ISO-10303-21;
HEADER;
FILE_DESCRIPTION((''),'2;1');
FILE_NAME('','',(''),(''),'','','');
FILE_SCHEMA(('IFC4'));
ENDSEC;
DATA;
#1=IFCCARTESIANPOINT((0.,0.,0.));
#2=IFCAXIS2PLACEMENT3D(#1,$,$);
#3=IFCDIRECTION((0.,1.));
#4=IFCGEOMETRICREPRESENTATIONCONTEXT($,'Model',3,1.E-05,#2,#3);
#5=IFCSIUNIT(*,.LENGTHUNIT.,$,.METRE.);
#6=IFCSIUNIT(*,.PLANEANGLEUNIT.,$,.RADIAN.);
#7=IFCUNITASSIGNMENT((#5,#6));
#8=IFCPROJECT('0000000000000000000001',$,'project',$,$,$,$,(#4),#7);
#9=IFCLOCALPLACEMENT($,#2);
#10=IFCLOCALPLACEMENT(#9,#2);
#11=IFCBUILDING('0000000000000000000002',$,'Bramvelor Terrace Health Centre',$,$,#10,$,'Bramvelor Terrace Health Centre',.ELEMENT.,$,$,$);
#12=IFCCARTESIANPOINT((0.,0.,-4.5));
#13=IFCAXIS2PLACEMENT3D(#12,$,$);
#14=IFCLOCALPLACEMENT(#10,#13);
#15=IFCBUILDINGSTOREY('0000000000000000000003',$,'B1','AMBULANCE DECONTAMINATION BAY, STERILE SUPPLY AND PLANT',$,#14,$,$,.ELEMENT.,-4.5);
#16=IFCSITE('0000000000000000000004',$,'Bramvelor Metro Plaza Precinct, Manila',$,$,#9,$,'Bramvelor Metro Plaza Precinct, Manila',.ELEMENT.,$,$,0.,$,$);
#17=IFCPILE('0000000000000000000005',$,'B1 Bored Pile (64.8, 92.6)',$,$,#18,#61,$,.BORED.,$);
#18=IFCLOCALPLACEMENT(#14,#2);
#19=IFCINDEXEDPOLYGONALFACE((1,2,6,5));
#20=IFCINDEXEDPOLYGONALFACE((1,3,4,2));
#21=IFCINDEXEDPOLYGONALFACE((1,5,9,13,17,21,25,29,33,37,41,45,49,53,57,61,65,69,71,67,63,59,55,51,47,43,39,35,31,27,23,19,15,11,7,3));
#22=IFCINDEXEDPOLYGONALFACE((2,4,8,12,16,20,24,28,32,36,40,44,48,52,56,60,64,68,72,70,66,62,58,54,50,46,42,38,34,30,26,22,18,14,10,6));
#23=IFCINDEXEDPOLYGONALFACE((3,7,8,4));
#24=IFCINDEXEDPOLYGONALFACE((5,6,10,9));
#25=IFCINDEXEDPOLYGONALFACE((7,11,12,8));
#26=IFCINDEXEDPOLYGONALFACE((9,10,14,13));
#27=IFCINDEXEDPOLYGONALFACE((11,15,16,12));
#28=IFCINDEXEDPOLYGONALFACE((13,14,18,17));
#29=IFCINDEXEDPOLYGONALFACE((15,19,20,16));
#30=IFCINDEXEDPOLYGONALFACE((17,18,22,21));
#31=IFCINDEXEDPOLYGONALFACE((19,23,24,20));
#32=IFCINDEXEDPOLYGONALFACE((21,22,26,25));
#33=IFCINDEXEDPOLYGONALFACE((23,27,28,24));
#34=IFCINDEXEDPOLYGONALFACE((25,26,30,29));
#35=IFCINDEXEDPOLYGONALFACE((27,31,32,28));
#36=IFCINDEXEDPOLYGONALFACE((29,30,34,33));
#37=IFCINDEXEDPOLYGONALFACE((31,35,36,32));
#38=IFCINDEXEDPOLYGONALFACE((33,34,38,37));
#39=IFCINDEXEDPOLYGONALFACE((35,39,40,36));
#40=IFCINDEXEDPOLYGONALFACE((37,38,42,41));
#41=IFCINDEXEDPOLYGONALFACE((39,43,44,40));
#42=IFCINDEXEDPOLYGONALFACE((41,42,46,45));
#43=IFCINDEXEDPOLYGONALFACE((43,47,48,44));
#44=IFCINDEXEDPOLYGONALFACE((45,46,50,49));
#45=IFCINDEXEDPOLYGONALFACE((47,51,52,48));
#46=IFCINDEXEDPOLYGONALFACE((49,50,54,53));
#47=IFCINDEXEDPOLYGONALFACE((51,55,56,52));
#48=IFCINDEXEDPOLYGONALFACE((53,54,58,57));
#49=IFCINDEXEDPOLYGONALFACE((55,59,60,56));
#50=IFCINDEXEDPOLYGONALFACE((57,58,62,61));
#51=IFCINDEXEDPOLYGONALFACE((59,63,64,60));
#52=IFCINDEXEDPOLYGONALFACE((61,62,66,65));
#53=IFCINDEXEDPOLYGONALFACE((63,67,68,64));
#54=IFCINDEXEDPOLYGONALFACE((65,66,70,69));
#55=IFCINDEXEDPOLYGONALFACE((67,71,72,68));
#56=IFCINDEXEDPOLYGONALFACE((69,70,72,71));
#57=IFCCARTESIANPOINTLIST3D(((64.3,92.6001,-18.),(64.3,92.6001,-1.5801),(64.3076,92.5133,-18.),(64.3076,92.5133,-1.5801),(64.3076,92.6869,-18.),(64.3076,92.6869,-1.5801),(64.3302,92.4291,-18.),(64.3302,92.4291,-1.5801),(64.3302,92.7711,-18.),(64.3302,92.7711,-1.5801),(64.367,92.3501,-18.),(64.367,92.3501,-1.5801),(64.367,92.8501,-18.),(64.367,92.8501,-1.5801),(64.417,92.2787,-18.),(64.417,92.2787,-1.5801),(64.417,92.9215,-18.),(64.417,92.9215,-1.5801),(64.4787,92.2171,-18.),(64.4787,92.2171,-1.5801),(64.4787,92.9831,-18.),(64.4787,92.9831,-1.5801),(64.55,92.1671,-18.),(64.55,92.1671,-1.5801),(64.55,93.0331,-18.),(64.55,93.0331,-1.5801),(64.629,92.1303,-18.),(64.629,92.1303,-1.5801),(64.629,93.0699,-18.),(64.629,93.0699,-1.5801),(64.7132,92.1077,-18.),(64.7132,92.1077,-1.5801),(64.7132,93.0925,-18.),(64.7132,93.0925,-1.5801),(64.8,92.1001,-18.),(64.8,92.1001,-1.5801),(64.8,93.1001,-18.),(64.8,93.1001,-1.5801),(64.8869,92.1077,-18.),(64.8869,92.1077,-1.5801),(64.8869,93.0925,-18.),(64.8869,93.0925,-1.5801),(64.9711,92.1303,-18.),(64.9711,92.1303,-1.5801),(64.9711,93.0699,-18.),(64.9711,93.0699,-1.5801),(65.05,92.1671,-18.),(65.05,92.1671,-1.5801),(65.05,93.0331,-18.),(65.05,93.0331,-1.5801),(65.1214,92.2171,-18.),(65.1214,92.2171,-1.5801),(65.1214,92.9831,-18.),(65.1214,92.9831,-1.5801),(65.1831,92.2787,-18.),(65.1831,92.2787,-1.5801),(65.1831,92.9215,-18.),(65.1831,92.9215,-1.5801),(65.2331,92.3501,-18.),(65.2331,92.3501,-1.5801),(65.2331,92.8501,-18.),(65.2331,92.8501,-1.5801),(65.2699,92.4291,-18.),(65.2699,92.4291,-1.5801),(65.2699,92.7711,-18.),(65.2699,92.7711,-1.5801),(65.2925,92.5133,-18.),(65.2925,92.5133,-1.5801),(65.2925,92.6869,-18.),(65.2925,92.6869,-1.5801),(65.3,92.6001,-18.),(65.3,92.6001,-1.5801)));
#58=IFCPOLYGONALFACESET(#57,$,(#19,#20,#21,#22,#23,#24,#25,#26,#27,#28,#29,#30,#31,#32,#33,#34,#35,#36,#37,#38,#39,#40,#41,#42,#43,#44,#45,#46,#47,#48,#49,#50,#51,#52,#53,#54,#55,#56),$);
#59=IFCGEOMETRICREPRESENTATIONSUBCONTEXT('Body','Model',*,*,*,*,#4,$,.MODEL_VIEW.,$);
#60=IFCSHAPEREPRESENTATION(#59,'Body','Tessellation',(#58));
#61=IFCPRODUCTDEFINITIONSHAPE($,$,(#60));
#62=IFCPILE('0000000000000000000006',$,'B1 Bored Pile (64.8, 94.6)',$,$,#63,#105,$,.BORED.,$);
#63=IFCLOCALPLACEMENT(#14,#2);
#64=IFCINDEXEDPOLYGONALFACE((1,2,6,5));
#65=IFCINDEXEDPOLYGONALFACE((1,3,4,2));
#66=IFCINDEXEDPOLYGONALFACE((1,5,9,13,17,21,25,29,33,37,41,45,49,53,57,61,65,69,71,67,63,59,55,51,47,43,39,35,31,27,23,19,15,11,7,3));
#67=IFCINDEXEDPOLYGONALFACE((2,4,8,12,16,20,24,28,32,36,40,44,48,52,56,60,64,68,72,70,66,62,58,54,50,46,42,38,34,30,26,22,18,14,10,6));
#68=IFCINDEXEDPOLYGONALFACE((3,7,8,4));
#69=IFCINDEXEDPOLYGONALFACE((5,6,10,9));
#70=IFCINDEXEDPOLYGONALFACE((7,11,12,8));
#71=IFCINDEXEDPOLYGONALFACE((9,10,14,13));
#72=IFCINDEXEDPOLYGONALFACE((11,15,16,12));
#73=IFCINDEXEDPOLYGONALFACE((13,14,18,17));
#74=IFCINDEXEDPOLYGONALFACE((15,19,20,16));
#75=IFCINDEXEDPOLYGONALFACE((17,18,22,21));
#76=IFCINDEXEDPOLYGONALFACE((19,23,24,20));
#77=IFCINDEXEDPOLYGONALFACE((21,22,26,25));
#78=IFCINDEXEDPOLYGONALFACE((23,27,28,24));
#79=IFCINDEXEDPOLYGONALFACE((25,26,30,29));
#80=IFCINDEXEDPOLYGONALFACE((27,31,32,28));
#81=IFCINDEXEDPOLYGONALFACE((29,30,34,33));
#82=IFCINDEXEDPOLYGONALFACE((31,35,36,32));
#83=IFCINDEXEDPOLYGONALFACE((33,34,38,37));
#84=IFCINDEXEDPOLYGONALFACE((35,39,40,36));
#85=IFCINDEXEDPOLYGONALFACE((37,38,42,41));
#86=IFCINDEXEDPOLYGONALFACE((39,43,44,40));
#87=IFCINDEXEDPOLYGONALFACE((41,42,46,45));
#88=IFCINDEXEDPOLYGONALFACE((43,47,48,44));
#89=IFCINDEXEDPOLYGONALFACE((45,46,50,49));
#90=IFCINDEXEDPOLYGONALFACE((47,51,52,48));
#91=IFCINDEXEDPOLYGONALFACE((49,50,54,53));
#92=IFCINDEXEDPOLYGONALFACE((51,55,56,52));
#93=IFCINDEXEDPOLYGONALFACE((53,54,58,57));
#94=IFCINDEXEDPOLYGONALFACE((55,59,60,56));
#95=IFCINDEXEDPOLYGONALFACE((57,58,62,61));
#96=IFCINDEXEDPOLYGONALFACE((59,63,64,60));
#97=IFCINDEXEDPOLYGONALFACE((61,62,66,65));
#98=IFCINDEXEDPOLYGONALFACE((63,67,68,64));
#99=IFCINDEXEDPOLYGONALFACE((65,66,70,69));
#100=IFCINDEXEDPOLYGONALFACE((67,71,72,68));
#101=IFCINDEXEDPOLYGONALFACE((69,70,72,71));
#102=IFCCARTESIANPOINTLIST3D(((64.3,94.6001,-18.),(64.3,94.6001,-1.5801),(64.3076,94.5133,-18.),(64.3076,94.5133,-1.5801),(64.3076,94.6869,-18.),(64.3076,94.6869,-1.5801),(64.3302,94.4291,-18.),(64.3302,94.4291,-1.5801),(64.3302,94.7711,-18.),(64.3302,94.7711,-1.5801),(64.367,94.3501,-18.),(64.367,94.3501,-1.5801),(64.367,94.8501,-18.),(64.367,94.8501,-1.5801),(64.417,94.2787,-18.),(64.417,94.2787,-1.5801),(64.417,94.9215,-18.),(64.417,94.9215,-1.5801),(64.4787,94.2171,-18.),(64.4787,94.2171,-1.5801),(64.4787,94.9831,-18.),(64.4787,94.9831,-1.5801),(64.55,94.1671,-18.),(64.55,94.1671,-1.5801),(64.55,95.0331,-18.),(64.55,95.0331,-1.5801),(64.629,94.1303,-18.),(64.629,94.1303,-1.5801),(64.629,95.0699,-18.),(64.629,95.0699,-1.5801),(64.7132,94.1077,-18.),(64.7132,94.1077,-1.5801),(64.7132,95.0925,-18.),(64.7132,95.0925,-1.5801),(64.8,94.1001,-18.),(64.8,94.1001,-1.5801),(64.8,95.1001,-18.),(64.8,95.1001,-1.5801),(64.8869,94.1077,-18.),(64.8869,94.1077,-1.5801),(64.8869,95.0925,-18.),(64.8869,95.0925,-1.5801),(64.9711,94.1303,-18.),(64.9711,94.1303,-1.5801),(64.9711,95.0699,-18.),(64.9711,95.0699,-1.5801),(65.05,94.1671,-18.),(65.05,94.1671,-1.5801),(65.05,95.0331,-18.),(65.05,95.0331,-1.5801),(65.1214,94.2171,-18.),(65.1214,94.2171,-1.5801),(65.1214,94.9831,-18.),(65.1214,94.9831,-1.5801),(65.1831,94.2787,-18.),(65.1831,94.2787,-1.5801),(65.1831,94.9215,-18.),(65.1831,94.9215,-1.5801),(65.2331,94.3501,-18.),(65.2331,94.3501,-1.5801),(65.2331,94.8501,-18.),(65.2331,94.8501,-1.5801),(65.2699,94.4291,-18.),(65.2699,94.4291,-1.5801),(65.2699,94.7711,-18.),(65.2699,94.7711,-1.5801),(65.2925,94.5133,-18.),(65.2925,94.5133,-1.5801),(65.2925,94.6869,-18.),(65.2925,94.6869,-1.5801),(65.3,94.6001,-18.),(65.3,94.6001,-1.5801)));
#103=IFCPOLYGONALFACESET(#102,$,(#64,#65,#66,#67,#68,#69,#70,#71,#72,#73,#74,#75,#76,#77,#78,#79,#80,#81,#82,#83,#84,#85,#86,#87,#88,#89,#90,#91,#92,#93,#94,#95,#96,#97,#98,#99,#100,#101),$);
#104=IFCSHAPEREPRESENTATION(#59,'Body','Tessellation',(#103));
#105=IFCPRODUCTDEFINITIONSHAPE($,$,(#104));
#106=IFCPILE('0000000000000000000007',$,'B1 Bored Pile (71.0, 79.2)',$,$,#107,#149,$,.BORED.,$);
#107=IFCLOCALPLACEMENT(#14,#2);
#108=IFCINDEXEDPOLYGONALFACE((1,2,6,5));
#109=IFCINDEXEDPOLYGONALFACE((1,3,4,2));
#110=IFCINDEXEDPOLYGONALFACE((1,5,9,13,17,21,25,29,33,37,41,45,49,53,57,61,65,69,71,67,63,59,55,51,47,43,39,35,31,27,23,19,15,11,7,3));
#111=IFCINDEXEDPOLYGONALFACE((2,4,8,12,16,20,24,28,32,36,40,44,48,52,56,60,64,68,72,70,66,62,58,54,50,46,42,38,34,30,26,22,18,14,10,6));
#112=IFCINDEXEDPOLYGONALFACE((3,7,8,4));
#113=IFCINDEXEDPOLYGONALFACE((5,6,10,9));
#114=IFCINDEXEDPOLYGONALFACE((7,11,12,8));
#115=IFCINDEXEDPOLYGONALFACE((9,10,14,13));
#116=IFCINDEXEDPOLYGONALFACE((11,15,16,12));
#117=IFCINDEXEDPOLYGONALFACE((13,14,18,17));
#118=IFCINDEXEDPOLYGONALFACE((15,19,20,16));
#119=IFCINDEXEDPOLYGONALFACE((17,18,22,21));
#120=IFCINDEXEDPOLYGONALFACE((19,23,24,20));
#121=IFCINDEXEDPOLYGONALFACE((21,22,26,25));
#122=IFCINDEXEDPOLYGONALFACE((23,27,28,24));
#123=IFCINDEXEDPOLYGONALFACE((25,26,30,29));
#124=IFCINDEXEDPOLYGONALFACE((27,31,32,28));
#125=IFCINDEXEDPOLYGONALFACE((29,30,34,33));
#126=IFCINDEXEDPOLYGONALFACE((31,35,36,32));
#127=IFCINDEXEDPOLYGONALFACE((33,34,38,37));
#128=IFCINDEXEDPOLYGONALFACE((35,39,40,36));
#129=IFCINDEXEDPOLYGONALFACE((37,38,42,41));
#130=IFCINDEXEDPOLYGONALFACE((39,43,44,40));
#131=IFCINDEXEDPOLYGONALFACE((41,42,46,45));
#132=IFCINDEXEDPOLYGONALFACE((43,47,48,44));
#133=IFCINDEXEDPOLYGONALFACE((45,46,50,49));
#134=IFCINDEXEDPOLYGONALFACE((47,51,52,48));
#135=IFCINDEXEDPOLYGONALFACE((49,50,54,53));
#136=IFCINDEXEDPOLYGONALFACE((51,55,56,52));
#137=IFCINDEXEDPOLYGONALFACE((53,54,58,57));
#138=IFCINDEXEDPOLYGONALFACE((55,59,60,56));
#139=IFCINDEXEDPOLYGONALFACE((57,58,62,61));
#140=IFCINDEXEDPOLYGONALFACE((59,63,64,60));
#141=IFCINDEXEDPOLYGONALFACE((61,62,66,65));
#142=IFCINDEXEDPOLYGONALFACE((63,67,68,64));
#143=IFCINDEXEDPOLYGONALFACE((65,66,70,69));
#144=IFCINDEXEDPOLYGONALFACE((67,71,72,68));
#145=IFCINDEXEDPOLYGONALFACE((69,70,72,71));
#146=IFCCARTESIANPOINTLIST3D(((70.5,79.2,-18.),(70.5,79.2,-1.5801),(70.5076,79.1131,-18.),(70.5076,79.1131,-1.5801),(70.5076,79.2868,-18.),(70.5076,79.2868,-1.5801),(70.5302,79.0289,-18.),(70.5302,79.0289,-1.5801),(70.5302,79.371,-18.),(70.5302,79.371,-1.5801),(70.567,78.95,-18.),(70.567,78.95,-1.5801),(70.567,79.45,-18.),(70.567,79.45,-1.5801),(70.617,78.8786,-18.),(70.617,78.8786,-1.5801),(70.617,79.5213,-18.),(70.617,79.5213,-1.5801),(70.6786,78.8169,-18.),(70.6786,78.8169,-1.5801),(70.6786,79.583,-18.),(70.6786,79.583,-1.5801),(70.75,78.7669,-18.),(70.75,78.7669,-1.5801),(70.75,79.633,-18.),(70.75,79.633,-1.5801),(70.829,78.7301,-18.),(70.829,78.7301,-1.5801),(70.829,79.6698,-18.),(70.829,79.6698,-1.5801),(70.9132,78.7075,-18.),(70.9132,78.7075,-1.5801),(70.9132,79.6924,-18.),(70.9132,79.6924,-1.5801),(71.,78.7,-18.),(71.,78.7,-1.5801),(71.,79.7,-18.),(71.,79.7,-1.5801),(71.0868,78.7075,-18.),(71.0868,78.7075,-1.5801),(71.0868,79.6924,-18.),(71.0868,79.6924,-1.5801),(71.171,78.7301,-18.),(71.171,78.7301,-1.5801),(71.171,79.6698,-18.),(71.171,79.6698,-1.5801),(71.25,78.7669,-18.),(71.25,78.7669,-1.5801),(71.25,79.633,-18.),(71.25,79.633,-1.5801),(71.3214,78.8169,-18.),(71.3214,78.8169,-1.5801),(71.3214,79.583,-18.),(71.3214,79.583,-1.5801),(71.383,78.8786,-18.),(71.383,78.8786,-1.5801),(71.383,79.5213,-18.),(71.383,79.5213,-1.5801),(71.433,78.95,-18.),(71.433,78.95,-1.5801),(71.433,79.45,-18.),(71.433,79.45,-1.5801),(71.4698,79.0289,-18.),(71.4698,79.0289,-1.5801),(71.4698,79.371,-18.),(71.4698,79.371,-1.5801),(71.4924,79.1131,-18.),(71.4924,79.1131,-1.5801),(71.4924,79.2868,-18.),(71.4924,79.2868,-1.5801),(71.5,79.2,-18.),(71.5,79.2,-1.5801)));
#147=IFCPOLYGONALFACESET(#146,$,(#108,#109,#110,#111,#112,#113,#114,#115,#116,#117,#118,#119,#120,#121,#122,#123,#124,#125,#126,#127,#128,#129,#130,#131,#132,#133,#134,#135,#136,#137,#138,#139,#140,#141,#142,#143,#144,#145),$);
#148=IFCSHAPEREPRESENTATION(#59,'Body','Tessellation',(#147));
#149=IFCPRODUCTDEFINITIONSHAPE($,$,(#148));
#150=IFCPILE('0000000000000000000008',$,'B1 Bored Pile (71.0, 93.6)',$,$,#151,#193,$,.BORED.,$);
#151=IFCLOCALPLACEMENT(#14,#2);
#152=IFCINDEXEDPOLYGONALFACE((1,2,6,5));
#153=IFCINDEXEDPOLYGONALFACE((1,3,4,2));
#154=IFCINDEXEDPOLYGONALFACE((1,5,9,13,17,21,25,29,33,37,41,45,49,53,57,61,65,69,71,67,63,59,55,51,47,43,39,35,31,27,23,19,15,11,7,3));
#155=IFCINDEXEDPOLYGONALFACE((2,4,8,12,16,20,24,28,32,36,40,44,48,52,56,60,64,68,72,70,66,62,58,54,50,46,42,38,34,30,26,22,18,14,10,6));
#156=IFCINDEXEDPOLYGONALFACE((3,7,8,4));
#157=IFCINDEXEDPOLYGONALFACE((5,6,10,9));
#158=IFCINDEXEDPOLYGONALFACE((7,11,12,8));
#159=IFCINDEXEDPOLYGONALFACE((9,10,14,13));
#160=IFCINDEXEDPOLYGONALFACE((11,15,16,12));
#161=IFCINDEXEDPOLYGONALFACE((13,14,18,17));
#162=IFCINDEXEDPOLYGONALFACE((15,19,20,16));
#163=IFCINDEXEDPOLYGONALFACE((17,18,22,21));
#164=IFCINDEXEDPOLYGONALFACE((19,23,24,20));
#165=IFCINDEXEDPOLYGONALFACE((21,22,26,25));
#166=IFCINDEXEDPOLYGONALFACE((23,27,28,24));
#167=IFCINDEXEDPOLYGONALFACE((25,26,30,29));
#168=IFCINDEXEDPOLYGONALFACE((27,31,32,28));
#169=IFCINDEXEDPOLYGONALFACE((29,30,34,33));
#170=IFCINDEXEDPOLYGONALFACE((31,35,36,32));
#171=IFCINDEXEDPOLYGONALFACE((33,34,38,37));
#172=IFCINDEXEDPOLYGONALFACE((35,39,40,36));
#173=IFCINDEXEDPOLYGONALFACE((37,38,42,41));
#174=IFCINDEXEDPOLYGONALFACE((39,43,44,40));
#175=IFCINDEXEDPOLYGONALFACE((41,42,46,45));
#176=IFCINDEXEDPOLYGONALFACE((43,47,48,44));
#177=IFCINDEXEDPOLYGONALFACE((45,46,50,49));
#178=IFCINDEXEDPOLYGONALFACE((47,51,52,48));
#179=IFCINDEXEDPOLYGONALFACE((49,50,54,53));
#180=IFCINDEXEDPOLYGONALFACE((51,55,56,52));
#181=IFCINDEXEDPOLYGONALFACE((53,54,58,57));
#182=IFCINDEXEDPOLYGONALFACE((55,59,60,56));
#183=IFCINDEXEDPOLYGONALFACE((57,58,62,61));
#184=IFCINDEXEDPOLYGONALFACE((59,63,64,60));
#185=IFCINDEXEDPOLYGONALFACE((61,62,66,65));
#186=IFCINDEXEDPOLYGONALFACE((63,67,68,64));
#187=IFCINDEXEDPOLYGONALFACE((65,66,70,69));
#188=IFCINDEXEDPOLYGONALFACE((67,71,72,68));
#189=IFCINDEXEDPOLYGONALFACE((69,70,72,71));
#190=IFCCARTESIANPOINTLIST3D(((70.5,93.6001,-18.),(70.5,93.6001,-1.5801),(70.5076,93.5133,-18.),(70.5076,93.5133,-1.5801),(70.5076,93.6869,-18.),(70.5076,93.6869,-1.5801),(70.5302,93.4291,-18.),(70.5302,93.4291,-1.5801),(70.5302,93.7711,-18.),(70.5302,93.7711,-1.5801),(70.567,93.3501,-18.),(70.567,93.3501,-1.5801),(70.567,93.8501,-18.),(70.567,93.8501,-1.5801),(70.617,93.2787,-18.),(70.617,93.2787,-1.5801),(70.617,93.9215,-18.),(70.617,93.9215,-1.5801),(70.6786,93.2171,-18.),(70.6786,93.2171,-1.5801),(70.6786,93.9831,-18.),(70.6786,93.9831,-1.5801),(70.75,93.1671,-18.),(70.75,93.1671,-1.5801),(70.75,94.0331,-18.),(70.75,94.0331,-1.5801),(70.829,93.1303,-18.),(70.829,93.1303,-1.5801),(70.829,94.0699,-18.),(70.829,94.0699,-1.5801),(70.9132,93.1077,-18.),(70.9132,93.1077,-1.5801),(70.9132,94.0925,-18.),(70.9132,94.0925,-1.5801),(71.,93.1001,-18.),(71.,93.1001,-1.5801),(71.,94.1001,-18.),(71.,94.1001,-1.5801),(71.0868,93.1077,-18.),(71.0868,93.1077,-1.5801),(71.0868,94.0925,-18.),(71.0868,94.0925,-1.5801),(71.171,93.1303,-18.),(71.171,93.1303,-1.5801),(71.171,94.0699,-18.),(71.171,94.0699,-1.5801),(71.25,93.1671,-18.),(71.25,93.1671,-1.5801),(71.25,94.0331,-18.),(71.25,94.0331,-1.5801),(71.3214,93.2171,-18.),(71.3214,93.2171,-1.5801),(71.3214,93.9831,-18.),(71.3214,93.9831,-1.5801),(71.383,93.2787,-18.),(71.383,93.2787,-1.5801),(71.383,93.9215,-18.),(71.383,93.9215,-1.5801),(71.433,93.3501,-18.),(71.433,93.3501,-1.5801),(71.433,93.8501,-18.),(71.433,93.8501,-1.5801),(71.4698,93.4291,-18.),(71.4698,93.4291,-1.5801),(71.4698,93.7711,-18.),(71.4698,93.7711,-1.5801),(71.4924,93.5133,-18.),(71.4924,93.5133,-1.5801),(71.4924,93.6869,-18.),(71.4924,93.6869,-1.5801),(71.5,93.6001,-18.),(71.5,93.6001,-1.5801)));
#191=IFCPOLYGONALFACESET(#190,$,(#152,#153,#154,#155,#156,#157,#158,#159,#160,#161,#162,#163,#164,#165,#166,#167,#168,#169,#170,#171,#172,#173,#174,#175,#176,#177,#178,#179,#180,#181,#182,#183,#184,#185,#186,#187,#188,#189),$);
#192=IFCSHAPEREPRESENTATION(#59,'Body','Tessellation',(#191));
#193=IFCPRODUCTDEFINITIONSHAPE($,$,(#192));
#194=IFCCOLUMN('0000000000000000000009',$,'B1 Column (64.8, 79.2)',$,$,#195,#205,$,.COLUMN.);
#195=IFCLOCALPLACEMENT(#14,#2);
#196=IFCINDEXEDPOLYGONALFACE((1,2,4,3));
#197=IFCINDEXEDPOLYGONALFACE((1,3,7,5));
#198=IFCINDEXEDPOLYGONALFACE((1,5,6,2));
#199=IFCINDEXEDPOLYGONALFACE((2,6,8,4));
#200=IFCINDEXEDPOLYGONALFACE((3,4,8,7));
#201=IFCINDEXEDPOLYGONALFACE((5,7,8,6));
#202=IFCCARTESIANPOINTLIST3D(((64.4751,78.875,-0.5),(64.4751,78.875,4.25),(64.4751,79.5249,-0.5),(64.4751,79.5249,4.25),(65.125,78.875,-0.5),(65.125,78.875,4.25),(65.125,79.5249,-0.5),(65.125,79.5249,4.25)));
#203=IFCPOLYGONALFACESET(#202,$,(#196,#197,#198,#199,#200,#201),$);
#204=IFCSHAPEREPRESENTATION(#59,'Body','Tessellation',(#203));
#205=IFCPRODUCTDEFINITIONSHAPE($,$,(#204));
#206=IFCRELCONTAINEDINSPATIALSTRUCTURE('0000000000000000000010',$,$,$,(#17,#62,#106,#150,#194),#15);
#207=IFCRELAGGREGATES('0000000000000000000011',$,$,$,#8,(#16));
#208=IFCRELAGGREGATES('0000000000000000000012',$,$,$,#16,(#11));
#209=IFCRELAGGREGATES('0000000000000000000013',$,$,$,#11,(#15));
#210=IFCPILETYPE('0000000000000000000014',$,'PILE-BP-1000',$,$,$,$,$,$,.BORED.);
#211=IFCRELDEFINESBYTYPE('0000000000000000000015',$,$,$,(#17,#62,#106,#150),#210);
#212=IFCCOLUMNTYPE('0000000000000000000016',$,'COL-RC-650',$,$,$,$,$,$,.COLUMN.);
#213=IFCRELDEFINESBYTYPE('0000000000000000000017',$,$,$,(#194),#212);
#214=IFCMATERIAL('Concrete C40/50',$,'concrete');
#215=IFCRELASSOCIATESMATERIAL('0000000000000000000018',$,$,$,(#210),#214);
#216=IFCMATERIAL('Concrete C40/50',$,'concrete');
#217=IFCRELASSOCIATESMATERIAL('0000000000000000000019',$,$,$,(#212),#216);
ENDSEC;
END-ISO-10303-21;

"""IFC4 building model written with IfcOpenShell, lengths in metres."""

from ifc_helpers import new_model, si_unit, direction, frame, origin, origin_2d, place, context, subcontext, project, spatial, rectangle, circle, extrude, material, material_profile, profile_set, type_object, element, save


model = new_model("IFC4")

# Units and contexts
model_context = context("Model", 3, precision=1e-05, world=origin(), true_north=direction((0.0, 1.0)))
body_context = subcontext(model_context, "Body", "Model", "MODEL_VIEW")
ifc_project = project(units=[si_unit("LENGTHUNIT", "METRE"), si_unit("PLANEANGLEUNIT", "RADIAN")], contexts=[model_context])

# Site, building, storey
site_placement = place(None, origin())
site = spatial("IfcSite", under=ifc_project, at=site_placement, Name="Bramvelor Metro Plaza Precinct, Manila", LongName="Bramvelor Metro Plaza Precinct, Manila", CompositionType="ELEMENT", RefElevation=0.0)
building_placement = place(site_placement, origin())
building = spatial("IfcBuilding", under=site, at=building_placement, Name="Bramvelor Terrace Health Centre", LongName="Bramvelor Terrace Health Centre", CompositionType="ELEMENT")
storey_placement = place(building_placement, frame((0.0, 0.0, -4.5)))
storey = spatial("IfcBuildingStorey", under=building, at=storey_placement, Name="B1", Description="AMBULANCE DECONTAMINATION BAY, STERILE SUPPLY AND PLANT", CompositionType="ELEMENT", Elevation=-4.5)

# Piles
ifc_material_1 = material(Name="Concrete C40/50", Category="concrete")
ifc_material_profile_1 = material_profile(ifc_material_1, circle(Radius=0.5, at=origin_2d()), Name="BP D1000")
ifc_profile_set_1 = profile_set([ifc_material_profile_1], Name="Concrete C40/50")
pile_type = type_object("IfcPileType", Name="PILE-BP-1000", PredefinedType="BORED", material=ifc_profile_set_1)
for number, where, z_axis, x_axis, name in (
    (1, (64.8, 92.6001, -1.5801), (0.0, 0.0, -1.0), (1.0, 0.0, 0.0), "B1 Bored Pile (64.8, 92.6)"),
    (2, (64.8, 94.6001, -1.5801), (0.0, 0.0, -1.0), (1.0, 0.0, 0.0), "B1 Bored Pile (64.8, 94.6)"),
    (3, (71.0, 79.2, -1.5801), (0.0, 0.0, -1.0), (1.0, 0.0, 0.0), "B1 Bored Pile (71.0, 79.2)"),
    (4, (71.0, 93.6001, -1.5801), (0.0, 0.0, -1.0), (1.0, 0.0, 0.0), "B1 Bored Pile (71.0, 93.6)"),
):
    element("IfcPile", number, at=place(storey_placement, frame(where, z_axis=z_axis, x_axis=x_axis)), inside=storey, type_object=pile_type, Name=name, PredefinedType="BORED", context=body_context, shape_type="SweptSolid", body=[
        extrude(circle(Radius=0.5, at=origin_2d()), origin(), (0.0, 0.0, 1.0), 16.4199),
    ])

# Column
ifc_material_2 = material(Name="Concrete C40/50", Category="concrete")
ifc_material_profile_2 = material_profile(ifc_material_2, rectangle(XDim=0.6499, YDim=0.6499, at=origin_2d()), Name="RC 650x650")
ifc_profile_set_2 = profile_set([ifc_material_profile_2], Name="Concrete C40/50")
column_type = type_object("IfcColumnType", Name="COL-RC-650", PredefinedType="COLUMN", material=ifc_profile_set_2)
for number, where, z_axis, x_axis, name in (
    (5, (64.8, 79.2, -0.5), (0.0, 0.0, 1.0), (1.0, 0.0, 0.0), "B1 Column (64.8, 79.2)"),
):
    element("IfcColumn", number, at=place(storey_placement, frame(where, z_axis=z_axis, x_axis=x_axis)), inside=storey, type_object=column_type, Name=name, PredefinedType="COLUMN", context=body_context, shape_type="SweptSolid", body=[
        extrude(rectangle(XDim=0.6499, YDim=0.6499, at=origin_2d()), origin(), (0.0, 0.0, 1.0), 4.75),
    ])

save(model, "model.ifc")
